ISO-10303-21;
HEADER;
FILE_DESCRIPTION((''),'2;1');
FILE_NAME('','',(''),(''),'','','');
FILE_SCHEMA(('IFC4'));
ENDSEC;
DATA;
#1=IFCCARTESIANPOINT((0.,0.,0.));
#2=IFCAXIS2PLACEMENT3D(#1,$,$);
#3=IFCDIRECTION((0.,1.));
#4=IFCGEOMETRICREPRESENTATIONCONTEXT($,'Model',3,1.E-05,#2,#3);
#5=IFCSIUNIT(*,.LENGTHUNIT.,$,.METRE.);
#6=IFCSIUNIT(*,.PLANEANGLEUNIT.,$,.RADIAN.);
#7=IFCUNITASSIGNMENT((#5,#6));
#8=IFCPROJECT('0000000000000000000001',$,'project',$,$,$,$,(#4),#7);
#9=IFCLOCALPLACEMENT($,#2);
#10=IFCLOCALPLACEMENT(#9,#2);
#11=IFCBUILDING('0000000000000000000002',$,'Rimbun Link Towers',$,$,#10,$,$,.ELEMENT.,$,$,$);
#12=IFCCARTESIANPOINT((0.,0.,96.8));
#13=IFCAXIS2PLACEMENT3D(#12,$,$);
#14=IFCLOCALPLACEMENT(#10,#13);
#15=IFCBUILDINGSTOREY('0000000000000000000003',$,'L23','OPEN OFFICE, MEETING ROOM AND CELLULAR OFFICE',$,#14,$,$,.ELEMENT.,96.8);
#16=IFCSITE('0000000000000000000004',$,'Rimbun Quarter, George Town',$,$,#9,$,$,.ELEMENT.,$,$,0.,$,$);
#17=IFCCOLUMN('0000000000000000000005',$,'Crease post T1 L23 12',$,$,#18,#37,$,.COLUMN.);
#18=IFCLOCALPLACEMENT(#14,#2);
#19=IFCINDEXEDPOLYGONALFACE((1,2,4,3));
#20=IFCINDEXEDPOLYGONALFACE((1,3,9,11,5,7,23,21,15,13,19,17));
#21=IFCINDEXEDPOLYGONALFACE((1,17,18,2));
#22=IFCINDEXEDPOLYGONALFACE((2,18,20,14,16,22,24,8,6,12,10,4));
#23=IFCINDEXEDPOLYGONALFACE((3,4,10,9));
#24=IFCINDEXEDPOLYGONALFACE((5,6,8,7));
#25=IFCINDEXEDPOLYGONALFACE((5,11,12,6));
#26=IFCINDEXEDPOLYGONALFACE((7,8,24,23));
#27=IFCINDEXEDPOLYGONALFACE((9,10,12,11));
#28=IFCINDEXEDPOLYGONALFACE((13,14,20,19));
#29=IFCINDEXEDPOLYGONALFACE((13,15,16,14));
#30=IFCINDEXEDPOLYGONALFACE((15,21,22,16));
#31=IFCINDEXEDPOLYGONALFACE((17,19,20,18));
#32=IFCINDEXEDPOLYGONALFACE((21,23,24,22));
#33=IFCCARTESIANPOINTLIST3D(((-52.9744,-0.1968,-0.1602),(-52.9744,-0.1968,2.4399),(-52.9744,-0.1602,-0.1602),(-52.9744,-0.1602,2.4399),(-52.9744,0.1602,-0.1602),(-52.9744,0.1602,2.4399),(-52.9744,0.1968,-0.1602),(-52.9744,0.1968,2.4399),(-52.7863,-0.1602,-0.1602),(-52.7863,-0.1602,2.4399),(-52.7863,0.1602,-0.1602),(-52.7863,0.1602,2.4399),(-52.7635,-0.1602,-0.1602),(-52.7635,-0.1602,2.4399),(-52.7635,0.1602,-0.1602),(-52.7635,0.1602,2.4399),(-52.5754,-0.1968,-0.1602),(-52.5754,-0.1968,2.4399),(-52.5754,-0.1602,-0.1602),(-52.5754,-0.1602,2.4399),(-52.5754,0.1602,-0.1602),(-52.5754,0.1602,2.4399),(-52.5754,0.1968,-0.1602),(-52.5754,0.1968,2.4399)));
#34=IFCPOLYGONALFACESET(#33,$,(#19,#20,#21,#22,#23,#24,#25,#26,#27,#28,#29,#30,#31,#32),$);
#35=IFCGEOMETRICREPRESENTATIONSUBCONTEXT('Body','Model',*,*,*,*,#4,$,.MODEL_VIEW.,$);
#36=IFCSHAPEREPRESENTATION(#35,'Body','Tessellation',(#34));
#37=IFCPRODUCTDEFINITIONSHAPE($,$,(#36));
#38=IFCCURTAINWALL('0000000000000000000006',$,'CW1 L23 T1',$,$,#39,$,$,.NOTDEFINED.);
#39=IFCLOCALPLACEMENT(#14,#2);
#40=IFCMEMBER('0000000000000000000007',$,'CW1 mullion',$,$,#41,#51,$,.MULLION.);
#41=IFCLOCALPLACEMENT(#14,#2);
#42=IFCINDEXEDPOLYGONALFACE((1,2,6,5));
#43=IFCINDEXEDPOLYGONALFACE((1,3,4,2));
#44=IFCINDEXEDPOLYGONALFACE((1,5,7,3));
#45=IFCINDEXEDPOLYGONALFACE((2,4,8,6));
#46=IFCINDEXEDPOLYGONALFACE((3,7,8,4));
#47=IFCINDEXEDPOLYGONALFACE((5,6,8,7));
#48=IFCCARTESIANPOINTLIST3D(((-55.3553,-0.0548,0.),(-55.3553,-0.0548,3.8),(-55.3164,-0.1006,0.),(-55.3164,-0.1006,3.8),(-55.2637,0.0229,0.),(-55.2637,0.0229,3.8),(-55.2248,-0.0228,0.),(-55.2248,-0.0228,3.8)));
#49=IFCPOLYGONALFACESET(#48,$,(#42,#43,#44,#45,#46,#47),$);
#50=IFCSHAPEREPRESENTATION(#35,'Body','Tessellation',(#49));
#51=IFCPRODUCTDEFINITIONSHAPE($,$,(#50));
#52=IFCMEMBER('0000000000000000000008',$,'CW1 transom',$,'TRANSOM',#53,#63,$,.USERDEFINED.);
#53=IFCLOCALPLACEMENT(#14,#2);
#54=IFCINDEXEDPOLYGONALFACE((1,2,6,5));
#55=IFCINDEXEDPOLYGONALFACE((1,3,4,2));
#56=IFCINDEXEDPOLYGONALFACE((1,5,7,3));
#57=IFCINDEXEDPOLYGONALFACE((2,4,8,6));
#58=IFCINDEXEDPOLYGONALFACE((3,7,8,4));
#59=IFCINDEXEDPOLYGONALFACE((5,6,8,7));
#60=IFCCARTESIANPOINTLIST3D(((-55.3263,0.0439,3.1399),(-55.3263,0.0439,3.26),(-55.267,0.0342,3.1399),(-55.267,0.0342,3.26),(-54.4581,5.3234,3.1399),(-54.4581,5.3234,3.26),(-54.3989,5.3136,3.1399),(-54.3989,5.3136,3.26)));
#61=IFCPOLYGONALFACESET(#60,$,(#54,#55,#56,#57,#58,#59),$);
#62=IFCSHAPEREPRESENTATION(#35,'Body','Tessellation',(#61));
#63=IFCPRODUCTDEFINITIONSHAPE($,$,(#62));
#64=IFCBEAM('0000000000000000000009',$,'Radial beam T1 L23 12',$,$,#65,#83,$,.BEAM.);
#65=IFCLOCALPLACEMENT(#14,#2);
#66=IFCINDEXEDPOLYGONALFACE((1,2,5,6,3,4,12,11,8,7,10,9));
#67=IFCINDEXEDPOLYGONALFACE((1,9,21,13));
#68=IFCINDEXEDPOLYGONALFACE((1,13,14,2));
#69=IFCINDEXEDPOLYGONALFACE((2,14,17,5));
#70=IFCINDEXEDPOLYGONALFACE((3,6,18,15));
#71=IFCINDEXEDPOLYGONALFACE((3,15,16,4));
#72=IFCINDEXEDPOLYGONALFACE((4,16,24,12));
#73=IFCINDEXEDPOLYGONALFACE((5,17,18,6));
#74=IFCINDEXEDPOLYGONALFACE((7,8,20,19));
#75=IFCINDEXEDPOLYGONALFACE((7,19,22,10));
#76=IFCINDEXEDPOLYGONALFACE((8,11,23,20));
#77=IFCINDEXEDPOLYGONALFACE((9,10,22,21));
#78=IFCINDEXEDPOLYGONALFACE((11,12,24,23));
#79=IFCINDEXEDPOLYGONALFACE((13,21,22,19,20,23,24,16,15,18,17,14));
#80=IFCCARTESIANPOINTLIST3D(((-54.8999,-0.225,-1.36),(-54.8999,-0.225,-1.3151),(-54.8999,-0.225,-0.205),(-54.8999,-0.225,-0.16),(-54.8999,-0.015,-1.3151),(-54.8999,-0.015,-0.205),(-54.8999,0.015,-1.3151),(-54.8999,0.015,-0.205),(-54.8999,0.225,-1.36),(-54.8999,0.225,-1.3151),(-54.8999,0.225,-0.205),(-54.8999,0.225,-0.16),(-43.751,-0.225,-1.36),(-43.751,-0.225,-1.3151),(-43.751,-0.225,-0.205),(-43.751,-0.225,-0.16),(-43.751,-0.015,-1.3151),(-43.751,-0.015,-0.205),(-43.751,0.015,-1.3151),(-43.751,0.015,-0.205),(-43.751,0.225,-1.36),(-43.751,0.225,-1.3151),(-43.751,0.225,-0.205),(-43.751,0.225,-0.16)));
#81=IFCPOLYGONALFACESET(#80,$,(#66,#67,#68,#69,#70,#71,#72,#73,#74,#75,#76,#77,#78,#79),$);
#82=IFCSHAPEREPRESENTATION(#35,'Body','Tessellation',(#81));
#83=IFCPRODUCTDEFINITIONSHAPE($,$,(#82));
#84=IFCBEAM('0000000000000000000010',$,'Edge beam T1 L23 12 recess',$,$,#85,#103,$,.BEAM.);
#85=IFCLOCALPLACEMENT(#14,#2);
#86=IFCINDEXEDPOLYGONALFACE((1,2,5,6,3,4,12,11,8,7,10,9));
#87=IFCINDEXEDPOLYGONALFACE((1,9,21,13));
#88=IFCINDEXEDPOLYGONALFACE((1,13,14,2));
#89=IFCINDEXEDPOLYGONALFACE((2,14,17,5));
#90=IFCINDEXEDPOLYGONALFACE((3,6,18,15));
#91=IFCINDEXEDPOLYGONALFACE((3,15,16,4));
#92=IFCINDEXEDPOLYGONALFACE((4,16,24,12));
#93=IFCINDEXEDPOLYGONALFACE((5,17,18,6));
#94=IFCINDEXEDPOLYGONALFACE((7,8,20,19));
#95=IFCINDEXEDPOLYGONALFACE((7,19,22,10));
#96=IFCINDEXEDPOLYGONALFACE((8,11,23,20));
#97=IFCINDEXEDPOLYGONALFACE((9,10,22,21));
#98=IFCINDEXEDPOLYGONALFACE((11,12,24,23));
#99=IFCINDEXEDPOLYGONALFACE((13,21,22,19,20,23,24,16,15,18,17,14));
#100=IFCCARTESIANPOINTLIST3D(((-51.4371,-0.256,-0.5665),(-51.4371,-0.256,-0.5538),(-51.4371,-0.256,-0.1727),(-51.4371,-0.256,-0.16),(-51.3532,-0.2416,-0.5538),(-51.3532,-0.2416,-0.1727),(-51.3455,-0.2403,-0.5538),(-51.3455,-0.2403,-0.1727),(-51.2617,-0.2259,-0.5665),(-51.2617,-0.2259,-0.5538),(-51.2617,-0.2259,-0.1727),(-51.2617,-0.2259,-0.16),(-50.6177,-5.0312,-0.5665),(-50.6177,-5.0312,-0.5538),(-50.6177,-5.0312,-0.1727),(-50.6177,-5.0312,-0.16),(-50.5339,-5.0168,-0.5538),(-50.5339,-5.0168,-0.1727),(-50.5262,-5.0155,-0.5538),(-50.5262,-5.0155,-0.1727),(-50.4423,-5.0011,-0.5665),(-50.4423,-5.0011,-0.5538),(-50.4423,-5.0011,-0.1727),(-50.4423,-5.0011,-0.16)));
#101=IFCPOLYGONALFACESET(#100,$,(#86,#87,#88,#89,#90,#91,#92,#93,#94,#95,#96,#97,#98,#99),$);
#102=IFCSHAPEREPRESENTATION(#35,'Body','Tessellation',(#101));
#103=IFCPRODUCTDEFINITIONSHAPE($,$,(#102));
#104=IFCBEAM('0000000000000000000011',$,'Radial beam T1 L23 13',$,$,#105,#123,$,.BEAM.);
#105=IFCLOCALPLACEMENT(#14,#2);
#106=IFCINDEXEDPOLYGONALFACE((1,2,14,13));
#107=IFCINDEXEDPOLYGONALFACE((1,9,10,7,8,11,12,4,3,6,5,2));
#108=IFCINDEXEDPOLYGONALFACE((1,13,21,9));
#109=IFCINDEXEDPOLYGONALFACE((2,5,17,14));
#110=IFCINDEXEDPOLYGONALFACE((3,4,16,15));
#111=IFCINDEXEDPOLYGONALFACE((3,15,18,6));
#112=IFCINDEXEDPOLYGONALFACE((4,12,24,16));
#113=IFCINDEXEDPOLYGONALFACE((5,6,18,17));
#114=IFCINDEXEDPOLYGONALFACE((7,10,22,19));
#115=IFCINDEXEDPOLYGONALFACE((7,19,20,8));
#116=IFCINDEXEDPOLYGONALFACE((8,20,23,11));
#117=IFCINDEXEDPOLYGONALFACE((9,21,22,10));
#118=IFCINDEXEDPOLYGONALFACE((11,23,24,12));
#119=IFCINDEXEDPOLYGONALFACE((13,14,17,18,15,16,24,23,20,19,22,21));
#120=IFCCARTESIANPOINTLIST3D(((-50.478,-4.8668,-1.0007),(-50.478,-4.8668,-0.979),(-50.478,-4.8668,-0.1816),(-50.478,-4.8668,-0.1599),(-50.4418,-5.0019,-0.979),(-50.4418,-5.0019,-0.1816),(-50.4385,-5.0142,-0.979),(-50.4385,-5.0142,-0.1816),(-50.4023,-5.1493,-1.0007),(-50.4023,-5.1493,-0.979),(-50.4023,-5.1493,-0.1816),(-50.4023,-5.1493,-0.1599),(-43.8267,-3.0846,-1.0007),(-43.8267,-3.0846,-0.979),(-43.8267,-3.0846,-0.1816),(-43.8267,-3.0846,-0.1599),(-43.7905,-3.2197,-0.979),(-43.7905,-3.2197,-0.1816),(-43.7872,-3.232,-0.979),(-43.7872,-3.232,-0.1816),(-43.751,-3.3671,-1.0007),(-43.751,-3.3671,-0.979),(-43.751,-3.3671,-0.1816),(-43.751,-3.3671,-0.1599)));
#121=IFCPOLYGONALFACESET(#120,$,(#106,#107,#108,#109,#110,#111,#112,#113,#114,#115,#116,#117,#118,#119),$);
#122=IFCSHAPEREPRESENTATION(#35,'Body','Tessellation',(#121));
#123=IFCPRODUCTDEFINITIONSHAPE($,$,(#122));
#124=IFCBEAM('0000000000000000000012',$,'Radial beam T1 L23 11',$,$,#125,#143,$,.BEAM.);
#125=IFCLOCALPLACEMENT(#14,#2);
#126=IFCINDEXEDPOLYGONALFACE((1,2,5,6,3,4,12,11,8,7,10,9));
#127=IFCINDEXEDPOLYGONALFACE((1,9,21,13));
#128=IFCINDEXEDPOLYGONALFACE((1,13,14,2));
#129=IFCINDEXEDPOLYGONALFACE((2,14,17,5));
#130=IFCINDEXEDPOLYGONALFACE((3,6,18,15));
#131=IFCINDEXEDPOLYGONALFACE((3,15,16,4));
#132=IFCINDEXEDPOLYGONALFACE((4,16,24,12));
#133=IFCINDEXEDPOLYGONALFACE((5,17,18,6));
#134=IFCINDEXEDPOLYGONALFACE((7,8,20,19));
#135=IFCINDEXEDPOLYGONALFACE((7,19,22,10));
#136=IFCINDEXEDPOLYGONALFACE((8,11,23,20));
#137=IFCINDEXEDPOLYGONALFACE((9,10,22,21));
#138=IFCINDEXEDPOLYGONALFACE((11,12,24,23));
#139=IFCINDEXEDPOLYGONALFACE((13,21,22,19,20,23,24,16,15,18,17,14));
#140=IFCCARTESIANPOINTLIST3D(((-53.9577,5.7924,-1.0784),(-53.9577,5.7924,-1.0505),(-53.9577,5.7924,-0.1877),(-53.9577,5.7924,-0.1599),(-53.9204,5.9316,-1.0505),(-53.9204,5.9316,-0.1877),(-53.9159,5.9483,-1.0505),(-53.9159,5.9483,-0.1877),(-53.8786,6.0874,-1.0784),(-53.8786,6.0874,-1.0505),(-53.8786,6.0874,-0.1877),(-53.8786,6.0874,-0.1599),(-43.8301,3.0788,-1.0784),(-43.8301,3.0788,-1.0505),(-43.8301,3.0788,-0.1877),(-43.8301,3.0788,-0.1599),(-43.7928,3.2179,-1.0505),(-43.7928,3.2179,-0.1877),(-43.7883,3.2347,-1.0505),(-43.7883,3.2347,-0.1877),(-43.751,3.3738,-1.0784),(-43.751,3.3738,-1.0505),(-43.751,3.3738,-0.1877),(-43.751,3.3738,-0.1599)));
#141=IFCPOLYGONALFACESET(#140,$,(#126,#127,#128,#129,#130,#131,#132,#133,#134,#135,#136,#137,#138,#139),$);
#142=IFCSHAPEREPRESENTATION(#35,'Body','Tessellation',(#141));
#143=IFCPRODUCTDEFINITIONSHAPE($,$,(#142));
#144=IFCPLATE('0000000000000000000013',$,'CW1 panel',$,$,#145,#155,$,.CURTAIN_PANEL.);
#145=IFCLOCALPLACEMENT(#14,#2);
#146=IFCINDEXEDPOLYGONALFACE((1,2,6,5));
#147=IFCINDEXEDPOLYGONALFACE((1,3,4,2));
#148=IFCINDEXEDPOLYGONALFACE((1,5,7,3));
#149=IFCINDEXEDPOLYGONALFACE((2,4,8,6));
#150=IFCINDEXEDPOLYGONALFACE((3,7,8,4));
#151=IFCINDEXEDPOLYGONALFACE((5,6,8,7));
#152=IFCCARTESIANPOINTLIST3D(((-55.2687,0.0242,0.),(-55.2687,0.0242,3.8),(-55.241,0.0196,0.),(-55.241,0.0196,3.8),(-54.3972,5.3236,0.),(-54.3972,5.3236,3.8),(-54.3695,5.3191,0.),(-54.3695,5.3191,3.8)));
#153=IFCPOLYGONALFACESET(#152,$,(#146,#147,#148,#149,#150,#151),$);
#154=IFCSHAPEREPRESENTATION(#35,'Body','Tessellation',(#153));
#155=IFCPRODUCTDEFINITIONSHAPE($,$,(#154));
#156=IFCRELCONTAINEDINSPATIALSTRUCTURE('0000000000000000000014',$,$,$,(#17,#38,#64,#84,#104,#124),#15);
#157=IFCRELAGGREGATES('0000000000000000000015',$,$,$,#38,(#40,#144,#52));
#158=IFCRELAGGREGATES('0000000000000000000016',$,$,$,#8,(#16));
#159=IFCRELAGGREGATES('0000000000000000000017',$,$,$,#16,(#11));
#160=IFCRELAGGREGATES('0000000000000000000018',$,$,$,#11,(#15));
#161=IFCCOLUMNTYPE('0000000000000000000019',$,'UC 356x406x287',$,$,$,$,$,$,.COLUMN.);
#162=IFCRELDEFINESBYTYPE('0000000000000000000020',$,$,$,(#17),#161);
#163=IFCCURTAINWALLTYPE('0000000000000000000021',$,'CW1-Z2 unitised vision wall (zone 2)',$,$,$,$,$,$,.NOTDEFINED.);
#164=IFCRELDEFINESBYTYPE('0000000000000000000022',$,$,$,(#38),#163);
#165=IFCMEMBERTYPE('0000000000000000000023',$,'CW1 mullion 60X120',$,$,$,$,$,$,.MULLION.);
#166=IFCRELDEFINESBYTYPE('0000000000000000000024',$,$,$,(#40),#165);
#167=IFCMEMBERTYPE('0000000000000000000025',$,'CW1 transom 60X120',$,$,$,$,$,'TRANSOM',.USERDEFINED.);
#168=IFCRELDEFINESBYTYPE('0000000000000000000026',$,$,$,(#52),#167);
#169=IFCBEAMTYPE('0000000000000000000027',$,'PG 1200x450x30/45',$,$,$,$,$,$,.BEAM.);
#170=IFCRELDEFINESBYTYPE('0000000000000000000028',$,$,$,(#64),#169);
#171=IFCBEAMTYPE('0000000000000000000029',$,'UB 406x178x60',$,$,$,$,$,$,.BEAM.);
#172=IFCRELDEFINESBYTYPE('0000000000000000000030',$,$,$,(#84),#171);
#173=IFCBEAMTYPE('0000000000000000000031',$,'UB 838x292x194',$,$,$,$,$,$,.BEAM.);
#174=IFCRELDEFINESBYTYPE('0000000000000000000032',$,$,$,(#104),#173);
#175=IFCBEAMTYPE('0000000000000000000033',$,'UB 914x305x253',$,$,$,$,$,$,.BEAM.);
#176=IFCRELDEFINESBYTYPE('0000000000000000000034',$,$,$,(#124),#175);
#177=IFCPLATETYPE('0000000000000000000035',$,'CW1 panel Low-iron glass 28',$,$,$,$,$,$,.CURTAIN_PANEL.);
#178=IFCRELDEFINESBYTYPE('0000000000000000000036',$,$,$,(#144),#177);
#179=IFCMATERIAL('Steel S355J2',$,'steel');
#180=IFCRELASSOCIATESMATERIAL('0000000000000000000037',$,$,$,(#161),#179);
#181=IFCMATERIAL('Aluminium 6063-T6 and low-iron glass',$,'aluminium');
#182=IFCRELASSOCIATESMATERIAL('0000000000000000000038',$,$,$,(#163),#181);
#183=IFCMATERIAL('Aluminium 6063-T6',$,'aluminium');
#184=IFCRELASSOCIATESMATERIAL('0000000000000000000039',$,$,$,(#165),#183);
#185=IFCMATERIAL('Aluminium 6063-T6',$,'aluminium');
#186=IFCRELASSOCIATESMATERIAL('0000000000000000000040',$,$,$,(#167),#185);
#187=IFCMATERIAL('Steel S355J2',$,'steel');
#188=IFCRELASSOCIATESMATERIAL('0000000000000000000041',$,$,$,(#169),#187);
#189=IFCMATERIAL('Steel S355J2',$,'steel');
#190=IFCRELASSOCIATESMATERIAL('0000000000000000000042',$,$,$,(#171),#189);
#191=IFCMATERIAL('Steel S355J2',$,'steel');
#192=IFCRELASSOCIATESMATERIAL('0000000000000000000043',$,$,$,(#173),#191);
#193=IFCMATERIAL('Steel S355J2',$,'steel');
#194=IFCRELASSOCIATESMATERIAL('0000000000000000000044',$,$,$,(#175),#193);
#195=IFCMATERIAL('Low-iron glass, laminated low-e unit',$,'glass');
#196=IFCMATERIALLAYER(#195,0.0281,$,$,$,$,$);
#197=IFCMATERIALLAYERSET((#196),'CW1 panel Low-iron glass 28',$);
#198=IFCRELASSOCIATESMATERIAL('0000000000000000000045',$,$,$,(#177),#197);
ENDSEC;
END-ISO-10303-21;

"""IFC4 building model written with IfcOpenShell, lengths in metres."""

from ifc_helpers import new_model, si_unit, direction, frame, origin, origin_2d, place, context, subcontext, project, spatial, rectangle, i_section, extrude, material, layer, layer_set, material_profile, profile_set, type_object, element, aggregate, save


model = new_model("IFC4")

# Units and contexts
model_context = context("Model", 3, precision=1e-05, world=origin(), true_north=direction((0.0, 1.0)))
body_context = subcontext(model_context, "Body", "Model", "MODEL_VIEW")
ifc_project = project(units=[si_unit("LENGTHUNIT", "METRE"), si_unit("PLANEANGLEUNIT", "RADIAN")], contexts=[model_context])

# Site, building, storey
site_placement = place(None, origin())
site = spatial("IfcSite", under=ifc_project, at=site_placement, Name="Rimbun Quarter, George Town", CompositionType="ELEMENT", RefElevation=0.0)
building_placement = place(site_placement, origin())
building = spatial("IfcBuilding", under=site, at=building_placement, Name="Rimbun Link Towers", CompositionType="ELEMENT")
storey_placement = place(building_placement, frame((0.0, 0.0, 96.8)))
storey = spatial("IfcBuildingStorey", under=building, at=storey_placement, Name="L23", Description="OPEN OFFICE, MEETING ROOM AND CELLULAR OFFICE", CompositionType="ELEMENT", Elevation=96.8)

# Column
ifc_material_1 = material(Name="Steel S355J2", Category="steel")
ifc_material_profile_1 = material_profile(ifc_material_1, i_section(OverallWidth=0.3989, OverallDepth=0.3936, WebThickness=0.0227, FlangeThickness=0.0366, at=origin_2d()), Name="UC 356x406x287")
ifc_profile_set_1 = profile_set([ifc_material_profile_1], Name="Steel S355J2")
column_type = type_object("IfcColumnType", Name="UC 356x406x287", PredefinedType="COLUMN", material=ifc_profile_set_1)
column_placement = place(storey_placement, frame((-52.7749, 0.0, -0.1602), z_axis=(0.0, 0.0, 1.0), x_axis=(1.0, 0.0, 0.0)))
element("IfcColumn", 1, at=column_placement, inside=storey, type_object=column_type, Name="Crease post T1 L23 12", PredefinedType="COLUMN", context=body_context, shape_type="SweptSolid", body=[
    extrude(i_section(OverallWidth=0.3989, OverallDepth=0.3936, WebThickness=0.0227, FlangeThickness=0.0366, at=origin_2d()), origin(), (0.0, 0.0, 1.0), 2.6001),
])

# Curtain wall, members
ifc_material_2 = material(Name="Aluminium 6063-T6 and low-iron glass", Category="aluminium")
curtain_wall_type = type_object("IfcCurtainWallType", Name="CW1-Z2 unitised vision wall (zone 2)", PredefinedType="NOTDEFINED", material=ifc_material_2)
curtain_wall_placement = place(storey_placement, origin())
curtain_wall = element("IfcCurtainWall", 2, at=curtain_wall_placement, inside=storey, type_object=curtain_wall_type, Name="CW1 L23 T1", PredefinedType="NOTDEFINED")
ifc_material_3 = material(Name="Aluminium 6063-T6", Category="aluminium")
ifc_material_profile_2 = material_profile(ifc_material_3, rectangle(XDim=0.1201, YDim=0.0601, at=origin_2d()), Name="MULLION 60X120")
ifc_profile_set_2 = profile_set([ifc_material_profile_2], Name="Aluminium 6063-T6")
member_type_1 = type_object("IfcMemberType", Name="CW1 mullion 60X120", PredefinedType="MULLION", material=ifc_profile_set_2)
member_1_placement = place(storey_placement, frame((-55.29, -0.0388, 0.0), z_axis=(0.0, 0.0, 1.0), x_axis=(-0.762319, -0.647202, 0.0)))
member_1 = element("IfcMember", 3, at=member_1_placement, type_object=member_type_1, Name="CW1 mullion", PredefinedType="MULLION", context=body_context, shape_type="SweptSolid", body=[
    extrude(rectangle(XDim=0.1201, YDim=0.0601, at=origin_2d()), origin(), (0.0, 0.0, 1.0), 3.8),
])
ifc_material_4 = material(Name="Aluminium 6063-T6", Category="aluminium")
ifc_material_profile_3 = material_profile(ifc_material_4, rectangle(XDim=0.0601, YDim=0.1201, at=origin_2d()), Name="TRANSOM 60X120")
ifc_profile_set_3 = profile_set([ifc_material_profile_3], Name="Aluminium 6063-T6")
member_type_2 = type_object("IfcMemberType", Name="CW1 transom 60X120", ElementType="TRANSOM", PredefinedType="USERDEFINED", material=ifc_profile_set_3)
member_2_placement = place(storey_placement, frame((-55.2966, 0.0391, 3.2), z_axis=(0.16226, 0.986748, 0.0), x_axis=(-0.986748, 0.16226, 0.0)))
member_2 = element("IfcMember", 4, at=member_2_placement, type_object=member_type_2, Name="CW1 transom", ObjectType="TRANSOM", PredefinedType="USERDEFINED", context=body_context, shape_type="SweptSolid", body=[
    extrude(rectangle(XDim=0.0601, YDim=0.1201, at=origin_2d()), origin(), (0.0, 0.0, 1.0), 5.3503),
])

# Beams
ifc_material_5 = material(Name="Steel S355J2", Category="steel")
ifc_material_profile_4 = material_profile(ifc_material_5, i_section(OverallWidth=0.45, OverallDepth=1.2, WebThickness=0.03, FlangeThickness=0.0449, at=origin_2d()), Name="PG 1200x450x30/45")
ifc_profile_set_4 = profile_set([ifc_material_profile_4], Name="Steel S355J2")
beam_type_1 = type_object("IfcBeamType", Name="PG 1200x450x30/45", PredefinedType="BEAM", material=ifc_profile_set_4)
beam_1_placement = place(storey_placement, frame((-43.751, 0.0, -0.76), z_axis=(-1.0, 0.0, 0.0), x_axis=(0.0, -1.0, 0.0)))
element("IfcBeam", 5, at=beam_1_placement, inside=storey, type_object=beam_type_1, Name="Radial beam T1 L23 12", PredefinedType="BEAM", context=body_context, shape_type="SweptSolid", body=[
    extrude(i_section(OverallWidth=0.45, OverallDepth=1.2, WebThickness=0.03, FlangeThickness=0.0449, at=origin_2d()), origin(), (0.0, 0.0, 1.0), 11.1489),
])
ifc_material_6 = material(Name="Steel S355J2", Category="steel")
ifc_material_profile_5 = material_profile(ifc_material_6, i_section(OverallWidth=0.178, OverallDepth=0.4065, WebThickness=0.0078, FlangeThickness=0.0127, at=origin_2d()), Name="UB 406x178x60")
ifc_profile_set_5 = profile_set([ifc_material_profile_5], Name="Steel S355J2")
beam_type_2 = type_object("IfcBeamType", Name="UB 406x178x60", PredefinedType="BEAM", material=ifc_profile_set_5)
beam_2_placement = place(storey_placement, frame((-51.3494, -0.241, -0.3633), z_axis=(0.169112, -0.985597, 0.0), x_axis=(0.985597, 0.169112, 0.0)))
element("IfcBeam", 6, at=beam_2_placement, inside=storey, type_object=beam_type_2, Name="Edge beam T1 L23 12 recess", PredefinedType="BEAM", context=body_context, shape_type="SweptSolid", body=[
    extrude(i_section(OverallWidth=0.178, OverallDepth=0.4065, WebThickness=0.0078, FlangeThickness=0.0127, at=origin_2d()), origin(), (0.0, 0.0, 1.0), 4.845),
])
ifc_material_7 = material(Name="Steel S355J2", Category="steel")
ifc_material_profile_6 = material_profile(ifc_material_7, i_section(OverallWidth=0.2925, OverallDepth=0.8408, WebThickness=0.0127, FlangeThickness=0.0217, at=origin_2d()), Name="UB 838x292x194")
ifc_profile_set_6 = profile_set([ifc_material_profile_6], Name="Steel S355J2")
beam_type_3 = type_object("IfcBeamType", Name="UB 838x292x194", PredefinedType="BEAM", material=ifc_profile_set_6)
beam_3_placement = place(storey_placement, frame((-43.7888, -3.2258, -0.5803), z_axis=(-0.965926, -0.258819, 0.0), x_axis=(0.258819, -0.965926, 0.0)))
element("IfcBeam", 7, at=beam_3_placement, inside=storey, type_object=beam_type_3, Name="Radial beam T1 L23 13", PredefinedType="BEAM", context=body_context, shape_type="SweptSolid", body=[
    extrude(i_section(OverallWidth=0.2925, OverallDepth=0.8408, WebThickness=0.0127, FlangeThickness=0.0217, at=origin_2d()), origin(), (0.0, 0.0, 1.0), 6.886),
])
ifc_material_8 = material(Name="Steel S355J2", Category="steel")
ifc_material_profile_7 = material_profile(ifc_material_8, i_section(OverallWidth=0.3054, OverallDepth=0.9185, WebThickness=0.0173, FlangeThickness=0.0278, at=origin_2d()), Name="UB 914x305x253")
ifc_profile_set_7 = profile_set([ifc_material_profile_7], Name="Steel S355J2")
beam_type_4 = type_object("IfcBeamType", Name="UB 914x305x253", PredefinedType="BEAM", material=ifc_profile_set_7)
beam_4_placement = place(storey_placement, frame((-43.7905, 3.2263, -0.6191), z_axis=(-0.965928, 0.258812, 0.0), x_axis=(-0.258812, -0.965928, 0.0)))
element("IfcBeam", 8, at=beam_4_placement, inside=storey, type_object=beam_type_4, Name="Radial beam T1 L23 11", PredefinedType="BEAM", context=body_context, shape_type="SweptSolid", body=[
    extrude(i_section(OverallWidth=0.3054, OverallDepth=0.9185, WebThickness=0.0173, FlangeThickness=0.0278, at=origin_2d()), origin(), (0.0, 0.0, 1.0), 10.4849),
])

# Plate
ifc_material_9 = material(Name="Low-iron glass, laminated low-e unit", Category="glass")
ifc_layer_1 = layer(ifc_material_9, 0.0281)
ifc_layer_set_1 = layer_set([ifc_layer_1], Name="CW1 panel Low-iron glass 28")
plate_type = type_object("IfcPlateType", Name="CW1 panel Low-iron glass 28", PredefinedType="CURTAIN_PANEL", material=ifc_layer_set_1)
plate_placement = place(storey_placement, frame((-54.8191, 2.6716, 0.0), z_axis=(0.0, 0.0, 1.0), x_axis=(0.16226, 0.986748, 0.0)))
plate = element("IfcPlate", 9, at=plate_placement, type_object=plate_type, Name="CW1 panel", PredefinedType="CURTAIN_PANEL", context=body_context, shape_type="SweptSolid", body=[
    extrude(rectangle(XDim=5.3706, YDim=0.0281, at=origin_2d()), origin(), (0.0, 0.0, 1.0), 3.8),
])
aggregate(curtain_wall, [member_1, plate, member_2])

save(model, "model.ifc")
